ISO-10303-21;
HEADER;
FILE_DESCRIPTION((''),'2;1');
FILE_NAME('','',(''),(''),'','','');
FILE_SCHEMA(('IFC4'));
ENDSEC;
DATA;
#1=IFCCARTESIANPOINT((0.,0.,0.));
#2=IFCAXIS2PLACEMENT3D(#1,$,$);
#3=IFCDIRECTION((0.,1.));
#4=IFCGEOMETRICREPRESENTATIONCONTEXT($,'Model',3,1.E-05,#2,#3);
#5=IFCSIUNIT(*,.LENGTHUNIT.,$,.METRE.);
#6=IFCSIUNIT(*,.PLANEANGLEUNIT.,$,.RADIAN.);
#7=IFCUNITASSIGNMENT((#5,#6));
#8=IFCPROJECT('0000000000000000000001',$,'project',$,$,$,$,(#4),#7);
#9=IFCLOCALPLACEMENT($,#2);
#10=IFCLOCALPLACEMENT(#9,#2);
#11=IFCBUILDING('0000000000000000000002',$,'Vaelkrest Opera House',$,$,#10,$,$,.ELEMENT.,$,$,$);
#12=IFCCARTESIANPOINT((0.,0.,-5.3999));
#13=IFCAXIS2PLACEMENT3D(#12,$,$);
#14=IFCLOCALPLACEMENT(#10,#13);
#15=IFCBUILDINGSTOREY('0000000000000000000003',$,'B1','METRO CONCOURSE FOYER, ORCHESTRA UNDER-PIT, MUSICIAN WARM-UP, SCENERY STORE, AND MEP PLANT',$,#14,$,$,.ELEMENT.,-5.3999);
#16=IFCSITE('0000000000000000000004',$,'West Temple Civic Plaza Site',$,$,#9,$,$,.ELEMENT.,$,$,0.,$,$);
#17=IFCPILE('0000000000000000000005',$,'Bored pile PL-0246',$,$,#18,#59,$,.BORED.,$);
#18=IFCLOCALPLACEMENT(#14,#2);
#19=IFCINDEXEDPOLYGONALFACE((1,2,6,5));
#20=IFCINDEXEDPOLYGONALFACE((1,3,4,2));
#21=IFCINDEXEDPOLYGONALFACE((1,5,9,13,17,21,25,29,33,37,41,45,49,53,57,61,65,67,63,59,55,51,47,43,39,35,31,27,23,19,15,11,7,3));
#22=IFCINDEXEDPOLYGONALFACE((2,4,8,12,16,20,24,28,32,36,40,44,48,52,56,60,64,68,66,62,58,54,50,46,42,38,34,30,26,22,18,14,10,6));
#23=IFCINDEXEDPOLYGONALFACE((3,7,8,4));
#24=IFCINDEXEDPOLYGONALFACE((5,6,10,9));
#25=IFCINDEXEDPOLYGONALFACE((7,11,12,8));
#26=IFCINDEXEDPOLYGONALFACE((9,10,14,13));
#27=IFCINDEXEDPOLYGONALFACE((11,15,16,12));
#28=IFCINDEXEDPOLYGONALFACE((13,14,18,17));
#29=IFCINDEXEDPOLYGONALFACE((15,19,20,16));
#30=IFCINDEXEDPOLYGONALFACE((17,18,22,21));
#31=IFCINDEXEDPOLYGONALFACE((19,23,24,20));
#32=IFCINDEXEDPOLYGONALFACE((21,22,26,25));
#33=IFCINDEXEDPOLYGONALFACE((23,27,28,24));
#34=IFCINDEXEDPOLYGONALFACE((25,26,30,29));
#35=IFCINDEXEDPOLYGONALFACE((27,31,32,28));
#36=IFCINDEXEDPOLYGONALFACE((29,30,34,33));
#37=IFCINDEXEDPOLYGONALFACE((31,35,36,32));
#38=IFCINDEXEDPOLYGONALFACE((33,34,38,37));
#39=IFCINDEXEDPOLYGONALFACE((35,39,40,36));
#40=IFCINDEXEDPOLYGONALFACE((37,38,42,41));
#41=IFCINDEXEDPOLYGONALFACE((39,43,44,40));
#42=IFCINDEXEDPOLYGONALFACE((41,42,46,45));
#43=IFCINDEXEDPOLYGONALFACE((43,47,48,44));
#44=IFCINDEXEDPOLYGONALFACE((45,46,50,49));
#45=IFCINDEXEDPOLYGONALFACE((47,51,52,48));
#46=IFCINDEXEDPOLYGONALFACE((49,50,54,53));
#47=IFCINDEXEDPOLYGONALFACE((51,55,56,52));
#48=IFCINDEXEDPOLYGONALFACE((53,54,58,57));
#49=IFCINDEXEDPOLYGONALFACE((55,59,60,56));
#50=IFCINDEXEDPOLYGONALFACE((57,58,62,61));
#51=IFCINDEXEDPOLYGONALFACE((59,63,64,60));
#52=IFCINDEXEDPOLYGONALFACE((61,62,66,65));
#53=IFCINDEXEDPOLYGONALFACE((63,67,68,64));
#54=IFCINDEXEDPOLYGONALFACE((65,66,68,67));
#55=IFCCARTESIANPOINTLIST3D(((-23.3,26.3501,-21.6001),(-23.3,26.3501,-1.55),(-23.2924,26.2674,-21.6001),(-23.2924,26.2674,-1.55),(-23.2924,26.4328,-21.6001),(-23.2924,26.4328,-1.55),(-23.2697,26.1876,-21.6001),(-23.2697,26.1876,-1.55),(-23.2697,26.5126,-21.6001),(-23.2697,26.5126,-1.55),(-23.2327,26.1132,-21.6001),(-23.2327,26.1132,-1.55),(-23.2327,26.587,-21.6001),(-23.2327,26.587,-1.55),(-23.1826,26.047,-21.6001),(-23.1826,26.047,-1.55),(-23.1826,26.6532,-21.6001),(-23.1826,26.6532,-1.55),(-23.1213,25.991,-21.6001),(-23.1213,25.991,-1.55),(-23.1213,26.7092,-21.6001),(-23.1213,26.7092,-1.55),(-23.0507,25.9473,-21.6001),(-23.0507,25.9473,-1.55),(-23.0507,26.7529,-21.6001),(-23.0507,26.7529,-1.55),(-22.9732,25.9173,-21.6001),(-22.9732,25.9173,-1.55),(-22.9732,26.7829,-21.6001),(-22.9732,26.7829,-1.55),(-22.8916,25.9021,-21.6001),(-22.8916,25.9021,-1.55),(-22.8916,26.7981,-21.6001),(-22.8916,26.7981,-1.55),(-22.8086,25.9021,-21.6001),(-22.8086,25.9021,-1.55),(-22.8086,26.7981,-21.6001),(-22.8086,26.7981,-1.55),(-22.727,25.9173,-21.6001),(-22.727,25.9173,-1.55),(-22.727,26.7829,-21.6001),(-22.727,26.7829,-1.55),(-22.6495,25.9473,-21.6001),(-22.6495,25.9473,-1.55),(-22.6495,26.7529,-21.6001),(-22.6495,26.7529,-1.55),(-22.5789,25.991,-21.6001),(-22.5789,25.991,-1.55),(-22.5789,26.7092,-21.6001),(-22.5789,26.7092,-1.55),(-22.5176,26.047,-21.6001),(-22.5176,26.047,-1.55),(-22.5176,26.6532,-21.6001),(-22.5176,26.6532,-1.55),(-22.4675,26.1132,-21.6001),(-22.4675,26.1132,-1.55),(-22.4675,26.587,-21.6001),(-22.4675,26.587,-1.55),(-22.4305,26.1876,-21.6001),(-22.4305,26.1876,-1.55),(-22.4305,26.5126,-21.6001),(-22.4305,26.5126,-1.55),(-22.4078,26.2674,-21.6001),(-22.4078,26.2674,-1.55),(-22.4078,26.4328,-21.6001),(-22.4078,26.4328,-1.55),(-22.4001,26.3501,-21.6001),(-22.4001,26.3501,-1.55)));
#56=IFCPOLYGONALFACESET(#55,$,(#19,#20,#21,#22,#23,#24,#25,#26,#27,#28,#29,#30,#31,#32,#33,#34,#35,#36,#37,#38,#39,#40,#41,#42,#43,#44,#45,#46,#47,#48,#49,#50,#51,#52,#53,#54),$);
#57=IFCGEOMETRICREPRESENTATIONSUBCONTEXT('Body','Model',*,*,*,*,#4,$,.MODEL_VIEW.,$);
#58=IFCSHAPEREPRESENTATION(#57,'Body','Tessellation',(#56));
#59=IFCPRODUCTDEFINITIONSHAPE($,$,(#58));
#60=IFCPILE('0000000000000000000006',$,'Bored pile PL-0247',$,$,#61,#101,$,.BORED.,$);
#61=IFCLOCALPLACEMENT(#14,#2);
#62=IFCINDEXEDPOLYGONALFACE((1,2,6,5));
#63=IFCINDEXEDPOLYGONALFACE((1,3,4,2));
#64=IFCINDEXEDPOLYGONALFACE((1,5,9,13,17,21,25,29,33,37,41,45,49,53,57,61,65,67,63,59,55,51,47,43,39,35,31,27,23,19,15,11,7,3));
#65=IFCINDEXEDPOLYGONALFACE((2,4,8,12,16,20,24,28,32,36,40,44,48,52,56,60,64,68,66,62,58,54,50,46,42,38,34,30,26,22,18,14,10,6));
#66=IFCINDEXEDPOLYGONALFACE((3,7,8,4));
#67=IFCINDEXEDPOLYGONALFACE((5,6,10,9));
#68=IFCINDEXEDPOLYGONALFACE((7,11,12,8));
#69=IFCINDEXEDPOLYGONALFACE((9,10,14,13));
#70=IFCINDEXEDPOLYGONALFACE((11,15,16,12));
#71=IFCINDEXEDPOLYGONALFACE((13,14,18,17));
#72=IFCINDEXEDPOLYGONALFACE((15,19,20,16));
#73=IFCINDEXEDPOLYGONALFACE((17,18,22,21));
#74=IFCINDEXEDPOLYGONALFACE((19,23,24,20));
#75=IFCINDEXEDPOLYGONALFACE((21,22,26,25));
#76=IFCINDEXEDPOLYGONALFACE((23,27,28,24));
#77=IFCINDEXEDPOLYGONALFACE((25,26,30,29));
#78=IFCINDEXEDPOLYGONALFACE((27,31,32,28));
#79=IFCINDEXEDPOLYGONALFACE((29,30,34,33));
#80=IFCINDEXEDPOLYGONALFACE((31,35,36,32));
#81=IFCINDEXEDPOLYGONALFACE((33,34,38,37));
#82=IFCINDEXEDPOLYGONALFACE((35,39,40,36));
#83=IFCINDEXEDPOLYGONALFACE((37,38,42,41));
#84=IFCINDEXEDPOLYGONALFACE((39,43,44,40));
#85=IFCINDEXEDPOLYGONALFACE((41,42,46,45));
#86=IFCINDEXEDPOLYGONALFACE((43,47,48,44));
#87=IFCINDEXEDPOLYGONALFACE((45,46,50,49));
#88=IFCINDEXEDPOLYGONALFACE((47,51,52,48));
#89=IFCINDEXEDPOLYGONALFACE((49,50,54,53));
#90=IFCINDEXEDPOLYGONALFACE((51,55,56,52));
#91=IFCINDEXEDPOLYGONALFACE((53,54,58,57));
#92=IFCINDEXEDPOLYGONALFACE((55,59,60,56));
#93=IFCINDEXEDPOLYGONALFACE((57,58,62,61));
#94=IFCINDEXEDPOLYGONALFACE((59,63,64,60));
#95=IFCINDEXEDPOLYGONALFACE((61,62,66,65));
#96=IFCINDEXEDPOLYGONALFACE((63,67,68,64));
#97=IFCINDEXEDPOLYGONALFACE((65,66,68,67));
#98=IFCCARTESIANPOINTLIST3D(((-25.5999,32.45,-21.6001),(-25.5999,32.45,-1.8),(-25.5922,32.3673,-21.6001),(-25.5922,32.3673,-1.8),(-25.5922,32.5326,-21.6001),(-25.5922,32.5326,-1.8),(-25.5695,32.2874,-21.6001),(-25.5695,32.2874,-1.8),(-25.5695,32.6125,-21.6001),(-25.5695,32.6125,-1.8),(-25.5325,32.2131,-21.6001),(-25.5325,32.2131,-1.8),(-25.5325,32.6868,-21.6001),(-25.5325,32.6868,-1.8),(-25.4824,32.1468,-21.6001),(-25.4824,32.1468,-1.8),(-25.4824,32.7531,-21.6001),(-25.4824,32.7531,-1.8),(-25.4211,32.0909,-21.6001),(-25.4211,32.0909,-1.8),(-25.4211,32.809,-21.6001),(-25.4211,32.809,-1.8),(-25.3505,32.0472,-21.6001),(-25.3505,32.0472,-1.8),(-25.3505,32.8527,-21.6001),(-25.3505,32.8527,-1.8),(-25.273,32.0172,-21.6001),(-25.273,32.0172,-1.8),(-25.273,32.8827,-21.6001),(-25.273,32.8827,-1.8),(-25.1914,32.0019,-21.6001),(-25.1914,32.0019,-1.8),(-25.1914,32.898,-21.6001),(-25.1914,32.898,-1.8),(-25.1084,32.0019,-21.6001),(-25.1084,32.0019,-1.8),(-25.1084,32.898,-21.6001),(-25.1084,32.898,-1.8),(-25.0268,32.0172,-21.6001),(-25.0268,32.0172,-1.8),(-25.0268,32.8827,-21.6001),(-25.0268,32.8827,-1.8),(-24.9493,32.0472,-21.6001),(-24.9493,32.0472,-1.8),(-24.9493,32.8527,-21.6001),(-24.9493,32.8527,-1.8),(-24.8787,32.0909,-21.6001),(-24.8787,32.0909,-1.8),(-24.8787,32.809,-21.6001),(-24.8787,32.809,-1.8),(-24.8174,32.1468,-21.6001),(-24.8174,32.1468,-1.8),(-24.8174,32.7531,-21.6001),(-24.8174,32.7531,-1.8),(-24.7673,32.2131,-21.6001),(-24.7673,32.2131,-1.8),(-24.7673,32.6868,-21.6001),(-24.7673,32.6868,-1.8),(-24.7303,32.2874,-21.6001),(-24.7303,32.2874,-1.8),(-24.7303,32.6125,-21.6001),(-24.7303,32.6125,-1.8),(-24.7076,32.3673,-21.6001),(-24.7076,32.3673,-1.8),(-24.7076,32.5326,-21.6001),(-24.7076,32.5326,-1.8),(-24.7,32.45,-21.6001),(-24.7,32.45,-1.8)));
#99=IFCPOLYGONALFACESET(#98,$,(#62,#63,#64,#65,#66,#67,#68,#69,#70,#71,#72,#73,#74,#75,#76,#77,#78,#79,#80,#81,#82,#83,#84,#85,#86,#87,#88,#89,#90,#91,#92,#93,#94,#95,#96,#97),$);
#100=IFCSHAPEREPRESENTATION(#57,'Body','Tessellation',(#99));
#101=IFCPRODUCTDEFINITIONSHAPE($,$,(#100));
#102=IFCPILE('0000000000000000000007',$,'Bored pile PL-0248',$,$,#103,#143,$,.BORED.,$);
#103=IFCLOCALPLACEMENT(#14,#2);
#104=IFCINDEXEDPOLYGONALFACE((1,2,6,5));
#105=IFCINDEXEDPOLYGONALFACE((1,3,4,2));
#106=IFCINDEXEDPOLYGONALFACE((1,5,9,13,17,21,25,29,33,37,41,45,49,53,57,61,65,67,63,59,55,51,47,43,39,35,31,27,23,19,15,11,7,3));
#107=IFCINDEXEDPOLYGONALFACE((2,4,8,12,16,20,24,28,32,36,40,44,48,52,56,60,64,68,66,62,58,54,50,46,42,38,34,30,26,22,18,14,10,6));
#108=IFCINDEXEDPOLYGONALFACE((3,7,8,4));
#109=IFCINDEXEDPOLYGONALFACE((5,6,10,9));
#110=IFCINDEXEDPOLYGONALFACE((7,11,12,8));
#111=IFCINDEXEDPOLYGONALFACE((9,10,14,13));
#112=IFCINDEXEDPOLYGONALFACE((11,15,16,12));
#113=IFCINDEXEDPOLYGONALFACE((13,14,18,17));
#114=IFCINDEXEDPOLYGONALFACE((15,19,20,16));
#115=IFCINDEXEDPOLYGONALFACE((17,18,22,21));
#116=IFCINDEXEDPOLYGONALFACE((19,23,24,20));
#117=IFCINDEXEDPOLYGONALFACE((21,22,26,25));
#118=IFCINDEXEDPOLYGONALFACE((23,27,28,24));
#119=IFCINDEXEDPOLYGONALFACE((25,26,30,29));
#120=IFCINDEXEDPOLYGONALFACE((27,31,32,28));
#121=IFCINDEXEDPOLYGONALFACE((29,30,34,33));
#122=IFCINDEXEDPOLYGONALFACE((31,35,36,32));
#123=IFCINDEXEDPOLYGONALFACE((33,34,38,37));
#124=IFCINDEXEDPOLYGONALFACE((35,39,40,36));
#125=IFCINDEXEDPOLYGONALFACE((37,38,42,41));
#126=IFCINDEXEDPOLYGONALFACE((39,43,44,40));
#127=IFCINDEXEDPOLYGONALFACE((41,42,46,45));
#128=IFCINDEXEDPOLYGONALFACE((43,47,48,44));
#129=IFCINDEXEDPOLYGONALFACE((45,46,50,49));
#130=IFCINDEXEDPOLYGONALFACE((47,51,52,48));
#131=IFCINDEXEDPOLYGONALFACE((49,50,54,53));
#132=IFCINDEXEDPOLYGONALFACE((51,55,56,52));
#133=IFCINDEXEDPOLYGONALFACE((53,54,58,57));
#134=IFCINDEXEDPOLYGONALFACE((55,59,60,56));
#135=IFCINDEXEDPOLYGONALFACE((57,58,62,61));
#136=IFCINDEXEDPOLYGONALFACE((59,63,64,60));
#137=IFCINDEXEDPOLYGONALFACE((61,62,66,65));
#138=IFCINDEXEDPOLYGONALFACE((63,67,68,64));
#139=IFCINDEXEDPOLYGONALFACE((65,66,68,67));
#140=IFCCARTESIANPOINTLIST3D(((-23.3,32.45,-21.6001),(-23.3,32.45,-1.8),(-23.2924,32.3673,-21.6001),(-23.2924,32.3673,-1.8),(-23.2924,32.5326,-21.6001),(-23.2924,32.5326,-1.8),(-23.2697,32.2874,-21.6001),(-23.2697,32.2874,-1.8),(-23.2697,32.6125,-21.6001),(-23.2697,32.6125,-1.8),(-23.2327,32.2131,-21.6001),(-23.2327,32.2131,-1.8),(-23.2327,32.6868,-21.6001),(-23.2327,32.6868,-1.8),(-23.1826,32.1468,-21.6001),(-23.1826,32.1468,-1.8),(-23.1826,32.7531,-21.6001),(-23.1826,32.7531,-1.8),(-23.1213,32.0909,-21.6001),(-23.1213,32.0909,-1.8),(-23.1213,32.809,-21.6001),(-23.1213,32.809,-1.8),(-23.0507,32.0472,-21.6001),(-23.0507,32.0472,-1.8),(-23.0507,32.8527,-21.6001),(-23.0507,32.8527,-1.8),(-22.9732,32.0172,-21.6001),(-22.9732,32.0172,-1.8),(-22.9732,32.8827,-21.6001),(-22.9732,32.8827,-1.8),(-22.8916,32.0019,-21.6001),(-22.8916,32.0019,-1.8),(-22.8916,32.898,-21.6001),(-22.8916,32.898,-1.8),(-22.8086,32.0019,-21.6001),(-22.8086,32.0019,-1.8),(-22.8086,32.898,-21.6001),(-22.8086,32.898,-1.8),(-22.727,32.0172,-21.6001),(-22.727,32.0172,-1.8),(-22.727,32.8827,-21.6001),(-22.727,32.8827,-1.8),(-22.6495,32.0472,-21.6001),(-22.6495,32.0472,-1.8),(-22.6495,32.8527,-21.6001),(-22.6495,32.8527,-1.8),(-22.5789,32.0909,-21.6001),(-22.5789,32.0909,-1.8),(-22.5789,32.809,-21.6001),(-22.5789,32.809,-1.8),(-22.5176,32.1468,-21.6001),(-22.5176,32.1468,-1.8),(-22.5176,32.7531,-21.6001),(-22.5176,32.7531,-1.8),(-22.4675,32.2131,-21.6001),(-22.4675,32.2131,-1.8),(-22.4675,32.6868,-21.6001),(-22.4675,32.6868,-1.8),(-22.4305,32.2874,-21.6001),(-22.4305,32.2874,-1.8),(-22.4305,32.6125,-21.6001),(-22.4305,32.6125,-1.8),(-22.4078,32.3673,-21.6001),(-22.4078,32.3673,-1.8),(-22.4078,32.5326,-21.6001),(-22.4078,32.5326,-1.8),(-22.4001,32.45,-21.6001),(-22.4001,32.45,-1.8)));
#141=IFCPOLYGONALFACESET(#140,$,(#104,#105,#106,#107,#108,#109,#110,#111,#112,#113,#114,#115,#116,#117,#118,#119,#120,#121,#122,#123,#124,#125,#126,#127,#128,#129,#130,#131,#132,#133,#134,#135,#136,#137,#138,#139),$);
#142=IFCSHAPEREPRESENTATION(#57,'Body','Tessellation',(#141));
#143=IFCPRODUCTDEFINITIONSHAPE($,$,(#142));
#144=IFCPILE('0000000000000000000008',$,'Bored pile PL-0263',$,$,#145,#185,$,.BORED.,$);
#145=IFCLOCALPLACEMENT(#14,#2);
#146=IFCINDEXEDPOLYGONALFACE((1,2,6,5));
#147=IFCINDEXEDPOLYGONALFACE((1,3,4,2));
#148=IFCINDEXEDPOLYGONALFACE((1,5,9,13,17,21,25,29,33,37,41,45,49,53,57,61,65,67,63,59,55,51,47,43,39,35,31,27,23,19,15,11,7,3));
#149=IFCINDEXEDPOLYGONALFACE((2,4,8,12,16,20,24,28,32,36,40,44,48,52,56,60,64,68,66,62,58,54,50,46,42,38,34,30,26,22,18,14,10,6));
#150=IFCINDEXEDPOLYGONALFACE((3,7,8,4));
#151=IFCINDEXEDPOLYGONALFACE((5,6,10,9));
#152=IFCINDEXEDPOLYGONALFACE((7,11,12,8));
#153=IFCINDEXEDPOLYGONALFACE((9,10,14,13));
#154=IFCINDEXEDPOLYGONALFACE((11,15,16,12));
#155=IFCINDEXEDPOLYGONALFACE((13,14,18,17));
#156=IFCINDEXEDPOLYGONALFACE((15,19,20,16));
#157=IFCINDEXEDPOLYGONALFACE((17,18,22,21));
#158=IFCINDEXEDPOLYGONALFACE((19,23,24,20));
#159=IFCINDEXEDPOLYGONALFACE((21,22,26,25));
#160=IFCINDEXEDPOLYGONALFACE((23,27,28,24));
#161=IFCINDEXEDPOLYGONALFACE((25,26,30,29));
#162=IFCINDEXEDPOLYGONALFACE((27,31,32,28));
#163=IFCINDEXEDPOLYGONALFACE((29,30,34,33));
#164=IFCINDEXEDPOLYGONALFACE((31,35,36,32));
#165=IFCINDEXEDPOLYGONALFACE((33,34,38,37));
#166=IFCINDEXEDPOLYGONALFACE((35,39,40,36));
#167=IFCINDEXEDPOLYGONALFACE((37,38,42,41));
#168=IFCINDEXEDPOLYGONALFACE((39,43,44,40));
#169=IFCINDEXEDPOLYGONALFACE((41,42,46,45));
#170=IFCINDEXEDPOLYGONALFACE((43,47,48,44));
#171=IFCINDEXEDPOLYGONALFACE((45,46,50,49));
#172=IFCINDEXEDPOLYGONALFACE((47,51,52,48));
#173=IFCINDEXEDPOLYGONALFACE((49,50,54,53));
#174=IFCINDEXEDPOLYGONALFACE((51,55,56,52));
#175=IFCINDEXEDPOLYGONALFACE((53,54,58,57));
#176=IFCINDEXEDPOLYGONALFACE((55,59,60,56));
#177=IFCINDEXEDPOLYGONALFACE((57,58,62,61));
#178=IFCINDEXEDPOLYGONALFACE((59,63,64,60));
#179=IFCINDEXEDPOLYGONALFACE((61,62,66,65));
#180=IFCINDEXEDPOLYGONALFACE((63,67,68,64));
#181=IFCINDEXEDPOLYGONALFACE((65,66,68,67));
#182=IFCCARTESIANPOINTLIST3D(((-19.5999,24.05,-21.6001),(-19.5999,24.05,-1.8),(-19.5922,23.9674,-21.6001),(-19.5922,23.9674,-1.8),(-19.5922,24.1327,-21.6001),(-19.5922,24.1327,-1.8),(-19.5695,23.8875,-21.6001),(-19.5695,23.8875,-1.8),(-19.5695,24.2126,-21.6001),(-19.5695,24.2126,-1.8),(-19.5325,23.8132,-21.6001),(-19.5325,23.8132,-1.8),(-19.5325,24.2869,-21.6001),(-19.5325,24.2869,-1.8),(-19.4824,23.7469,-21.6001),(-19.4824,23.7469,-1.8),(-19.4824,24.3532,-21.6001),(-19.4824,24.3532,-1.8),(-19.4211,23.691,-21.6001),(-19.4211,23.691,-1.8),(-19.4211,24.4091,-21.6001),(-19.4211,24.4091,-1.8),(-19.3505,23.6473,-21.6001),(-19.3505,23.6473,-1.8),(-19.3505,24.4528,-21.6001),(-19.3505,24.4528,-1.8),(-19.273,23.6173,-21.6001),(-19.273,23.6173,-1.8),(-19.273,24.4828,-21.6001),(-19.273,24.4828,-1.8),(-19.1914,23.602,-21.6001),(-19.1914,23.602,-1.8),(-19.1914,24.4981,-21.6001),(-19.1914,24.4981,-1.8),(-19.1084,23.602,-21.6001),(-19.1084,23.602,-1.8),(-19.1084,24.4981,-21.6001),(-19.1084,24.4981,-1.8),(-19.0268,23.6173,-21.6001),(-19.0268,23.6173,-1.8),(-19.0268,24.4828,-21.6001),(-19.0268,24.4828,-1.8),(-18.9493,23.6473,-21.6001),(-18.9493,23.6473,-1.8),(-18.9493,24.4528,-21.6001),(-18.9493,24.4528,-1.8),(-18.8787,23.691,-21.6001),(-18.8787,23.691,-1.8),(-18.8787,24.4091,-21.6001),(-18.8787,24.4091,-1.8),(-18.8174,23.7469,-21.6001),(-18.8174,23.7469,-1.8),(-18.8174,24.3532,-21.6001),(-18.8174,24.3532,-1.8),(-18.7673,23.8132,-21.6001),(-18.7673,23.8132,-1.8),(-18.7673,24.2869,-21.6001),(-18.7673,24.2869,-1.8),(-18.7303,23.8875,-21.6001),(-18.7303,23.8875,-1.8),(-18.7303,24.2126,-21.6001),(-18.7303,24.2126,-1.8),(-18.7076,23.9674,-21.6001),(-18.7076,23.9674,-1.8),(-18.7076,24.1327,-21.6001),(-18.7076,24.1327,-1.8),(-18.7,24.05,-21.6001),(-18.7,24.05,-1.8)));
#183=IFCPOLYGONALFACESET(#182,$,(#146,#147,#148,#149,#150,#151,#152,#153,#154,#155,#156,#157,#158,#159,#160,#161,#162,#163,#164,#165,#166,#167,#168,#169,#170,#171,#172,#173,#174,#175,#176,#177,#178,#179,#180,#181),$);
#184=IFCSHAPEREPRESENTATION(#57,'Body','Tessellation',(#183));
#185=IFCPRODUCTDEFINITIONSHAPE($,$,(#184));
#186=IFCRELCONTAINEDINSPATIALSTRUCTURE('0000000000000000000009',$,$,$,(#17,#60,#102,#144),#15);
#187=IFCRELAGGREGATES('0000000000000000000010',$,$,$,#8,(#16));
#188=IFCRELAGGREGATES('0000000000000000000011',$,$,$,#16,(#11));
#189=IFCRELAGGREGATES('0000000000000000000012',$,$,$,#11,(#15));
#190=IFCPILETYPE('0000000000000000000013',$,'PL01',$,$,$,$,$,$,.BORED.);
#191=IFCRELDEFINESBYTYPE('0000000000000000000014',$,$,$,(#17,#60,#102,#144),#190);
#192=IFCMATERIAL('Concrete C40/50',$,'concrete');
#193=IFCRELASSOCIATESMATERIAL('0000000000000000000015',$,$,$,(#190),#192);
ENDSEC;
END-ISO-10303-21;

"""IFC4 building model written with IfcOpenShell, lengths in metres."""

from ifc_helpers import new_model, si_unit, direction, frame, origin, origin_2d, place, context, subcontext, project, spatial, circle, extrude, material, material_profile, profile_set, type_object, element, save


model = new_model("IFC4")

# Units and contexts
model_context = context("Model", 3, precision=1e-05, world=origin(), true_north=direction((0.0, 1.0)))
body_context = subcontext(model_context, "Body", "Model", "MODEL_VIEW")
ifc_project = project(units=[si_unit("LENGTHUNIT", "METRE"), si_unit("PLANEANGLEUNIT", "RADIAN")], contexts=[model_context])

# Site, building, storey
site_placement = place(None, origin())
site = spatial("IfcSite", under=ifc_project, at=site_placement, Name="West Temple Civic Plaza Site", CompositionType="ELEMENT", RefElevation=0.0)
building_placement = place(site_placement, origin())
building = spatial("IfcBuilding", under=site, at=building_placement, Name="Vaelkrest Opera House", CompositionType="ELEMENT")
storey_placement = place(building_placement, frame((0.0, 0.0, -5.3999)))
storey = spatial("IfcBuildingStorey", under=building, at=storey_placement, Name="B1", Description="METRO CONCOURSE FOYER, ORCHESTRA UNDER-PIT, MUSICIAN WARM-UP, SCENERY STORE, AND MEP PLANT", CompositionType="ELEMENT", Elevation=-5.3999)

# Shared definitions
ifc_material_1 = material(Name="Concrete C40/50", Category="concrete")

# Piles
ifc_material_profile_1 = material_profile(ifc_material_1, circle(Radius=0.45, at=origin_2d()), Name="PILE900")
ifc_profile_set_1 = profile_set([ifc_material_profile_1], Name="Concrete C40/50")
pile_type_1 = type_object("IfcPileType", Name="PL01", PredefinedType="BORED", material=ifc_profile_set_1)
for number, where, z_axis, x_axis, name in (
    (1, (-22.8501, 26.3501, -1.55), (0.0, 0.0, -1.0), (1.0, 0.0, 0.0), "Bored pile PL-0246"),
):
    element("IfcPile", number, at=place(storey_placement, frame(where, z_axis=z_axis, x_axis=x_axis)), inside=storey, type_object=pile_type_1, Name=name, PredefinedType="BORED", context=body_context, shape_type="SweptSolid", body=[
        extrude(circle(Radius=0.45, at=origin_2d()), origin(), (0.0, 0.0, 1.0), 20.05),
    ])
for number, where, z_axis, x_axis, name in (
    (2, (-25.1499, 32.45, -1.8), (0.0, 0.0, -1.0), (1.0, 0.0, 0.0), "Bored pile PL-0247"),
    (3, (-22.8501, 32.45, -1.8), (0.0, 0.0, -1.0), (1.0, 0.0, 0.0), "Bored pile PL-0248"),
    (4, (-19.1499, 24.05, -1.8), (0.0, 0.0, -1.0), (1.0, 0.0, 0.0), "Bored pile PL-0263"),
):
    element("IfcPile", number, at=place(storey_placement, frame(where, z_axis=z_axis, x_axis=x_axis)), inside=storey, type_object=pile_type_1, Name=name, PredefinedType="BORED", context=body_context, shape_type="SweptSolid", body=[
        extrude(circle(Radius=0.45, at=origin_2d()), origin(), (0.0, 0.0, 1.0), 19.8),
    ])

save(model, "model.ifc")
